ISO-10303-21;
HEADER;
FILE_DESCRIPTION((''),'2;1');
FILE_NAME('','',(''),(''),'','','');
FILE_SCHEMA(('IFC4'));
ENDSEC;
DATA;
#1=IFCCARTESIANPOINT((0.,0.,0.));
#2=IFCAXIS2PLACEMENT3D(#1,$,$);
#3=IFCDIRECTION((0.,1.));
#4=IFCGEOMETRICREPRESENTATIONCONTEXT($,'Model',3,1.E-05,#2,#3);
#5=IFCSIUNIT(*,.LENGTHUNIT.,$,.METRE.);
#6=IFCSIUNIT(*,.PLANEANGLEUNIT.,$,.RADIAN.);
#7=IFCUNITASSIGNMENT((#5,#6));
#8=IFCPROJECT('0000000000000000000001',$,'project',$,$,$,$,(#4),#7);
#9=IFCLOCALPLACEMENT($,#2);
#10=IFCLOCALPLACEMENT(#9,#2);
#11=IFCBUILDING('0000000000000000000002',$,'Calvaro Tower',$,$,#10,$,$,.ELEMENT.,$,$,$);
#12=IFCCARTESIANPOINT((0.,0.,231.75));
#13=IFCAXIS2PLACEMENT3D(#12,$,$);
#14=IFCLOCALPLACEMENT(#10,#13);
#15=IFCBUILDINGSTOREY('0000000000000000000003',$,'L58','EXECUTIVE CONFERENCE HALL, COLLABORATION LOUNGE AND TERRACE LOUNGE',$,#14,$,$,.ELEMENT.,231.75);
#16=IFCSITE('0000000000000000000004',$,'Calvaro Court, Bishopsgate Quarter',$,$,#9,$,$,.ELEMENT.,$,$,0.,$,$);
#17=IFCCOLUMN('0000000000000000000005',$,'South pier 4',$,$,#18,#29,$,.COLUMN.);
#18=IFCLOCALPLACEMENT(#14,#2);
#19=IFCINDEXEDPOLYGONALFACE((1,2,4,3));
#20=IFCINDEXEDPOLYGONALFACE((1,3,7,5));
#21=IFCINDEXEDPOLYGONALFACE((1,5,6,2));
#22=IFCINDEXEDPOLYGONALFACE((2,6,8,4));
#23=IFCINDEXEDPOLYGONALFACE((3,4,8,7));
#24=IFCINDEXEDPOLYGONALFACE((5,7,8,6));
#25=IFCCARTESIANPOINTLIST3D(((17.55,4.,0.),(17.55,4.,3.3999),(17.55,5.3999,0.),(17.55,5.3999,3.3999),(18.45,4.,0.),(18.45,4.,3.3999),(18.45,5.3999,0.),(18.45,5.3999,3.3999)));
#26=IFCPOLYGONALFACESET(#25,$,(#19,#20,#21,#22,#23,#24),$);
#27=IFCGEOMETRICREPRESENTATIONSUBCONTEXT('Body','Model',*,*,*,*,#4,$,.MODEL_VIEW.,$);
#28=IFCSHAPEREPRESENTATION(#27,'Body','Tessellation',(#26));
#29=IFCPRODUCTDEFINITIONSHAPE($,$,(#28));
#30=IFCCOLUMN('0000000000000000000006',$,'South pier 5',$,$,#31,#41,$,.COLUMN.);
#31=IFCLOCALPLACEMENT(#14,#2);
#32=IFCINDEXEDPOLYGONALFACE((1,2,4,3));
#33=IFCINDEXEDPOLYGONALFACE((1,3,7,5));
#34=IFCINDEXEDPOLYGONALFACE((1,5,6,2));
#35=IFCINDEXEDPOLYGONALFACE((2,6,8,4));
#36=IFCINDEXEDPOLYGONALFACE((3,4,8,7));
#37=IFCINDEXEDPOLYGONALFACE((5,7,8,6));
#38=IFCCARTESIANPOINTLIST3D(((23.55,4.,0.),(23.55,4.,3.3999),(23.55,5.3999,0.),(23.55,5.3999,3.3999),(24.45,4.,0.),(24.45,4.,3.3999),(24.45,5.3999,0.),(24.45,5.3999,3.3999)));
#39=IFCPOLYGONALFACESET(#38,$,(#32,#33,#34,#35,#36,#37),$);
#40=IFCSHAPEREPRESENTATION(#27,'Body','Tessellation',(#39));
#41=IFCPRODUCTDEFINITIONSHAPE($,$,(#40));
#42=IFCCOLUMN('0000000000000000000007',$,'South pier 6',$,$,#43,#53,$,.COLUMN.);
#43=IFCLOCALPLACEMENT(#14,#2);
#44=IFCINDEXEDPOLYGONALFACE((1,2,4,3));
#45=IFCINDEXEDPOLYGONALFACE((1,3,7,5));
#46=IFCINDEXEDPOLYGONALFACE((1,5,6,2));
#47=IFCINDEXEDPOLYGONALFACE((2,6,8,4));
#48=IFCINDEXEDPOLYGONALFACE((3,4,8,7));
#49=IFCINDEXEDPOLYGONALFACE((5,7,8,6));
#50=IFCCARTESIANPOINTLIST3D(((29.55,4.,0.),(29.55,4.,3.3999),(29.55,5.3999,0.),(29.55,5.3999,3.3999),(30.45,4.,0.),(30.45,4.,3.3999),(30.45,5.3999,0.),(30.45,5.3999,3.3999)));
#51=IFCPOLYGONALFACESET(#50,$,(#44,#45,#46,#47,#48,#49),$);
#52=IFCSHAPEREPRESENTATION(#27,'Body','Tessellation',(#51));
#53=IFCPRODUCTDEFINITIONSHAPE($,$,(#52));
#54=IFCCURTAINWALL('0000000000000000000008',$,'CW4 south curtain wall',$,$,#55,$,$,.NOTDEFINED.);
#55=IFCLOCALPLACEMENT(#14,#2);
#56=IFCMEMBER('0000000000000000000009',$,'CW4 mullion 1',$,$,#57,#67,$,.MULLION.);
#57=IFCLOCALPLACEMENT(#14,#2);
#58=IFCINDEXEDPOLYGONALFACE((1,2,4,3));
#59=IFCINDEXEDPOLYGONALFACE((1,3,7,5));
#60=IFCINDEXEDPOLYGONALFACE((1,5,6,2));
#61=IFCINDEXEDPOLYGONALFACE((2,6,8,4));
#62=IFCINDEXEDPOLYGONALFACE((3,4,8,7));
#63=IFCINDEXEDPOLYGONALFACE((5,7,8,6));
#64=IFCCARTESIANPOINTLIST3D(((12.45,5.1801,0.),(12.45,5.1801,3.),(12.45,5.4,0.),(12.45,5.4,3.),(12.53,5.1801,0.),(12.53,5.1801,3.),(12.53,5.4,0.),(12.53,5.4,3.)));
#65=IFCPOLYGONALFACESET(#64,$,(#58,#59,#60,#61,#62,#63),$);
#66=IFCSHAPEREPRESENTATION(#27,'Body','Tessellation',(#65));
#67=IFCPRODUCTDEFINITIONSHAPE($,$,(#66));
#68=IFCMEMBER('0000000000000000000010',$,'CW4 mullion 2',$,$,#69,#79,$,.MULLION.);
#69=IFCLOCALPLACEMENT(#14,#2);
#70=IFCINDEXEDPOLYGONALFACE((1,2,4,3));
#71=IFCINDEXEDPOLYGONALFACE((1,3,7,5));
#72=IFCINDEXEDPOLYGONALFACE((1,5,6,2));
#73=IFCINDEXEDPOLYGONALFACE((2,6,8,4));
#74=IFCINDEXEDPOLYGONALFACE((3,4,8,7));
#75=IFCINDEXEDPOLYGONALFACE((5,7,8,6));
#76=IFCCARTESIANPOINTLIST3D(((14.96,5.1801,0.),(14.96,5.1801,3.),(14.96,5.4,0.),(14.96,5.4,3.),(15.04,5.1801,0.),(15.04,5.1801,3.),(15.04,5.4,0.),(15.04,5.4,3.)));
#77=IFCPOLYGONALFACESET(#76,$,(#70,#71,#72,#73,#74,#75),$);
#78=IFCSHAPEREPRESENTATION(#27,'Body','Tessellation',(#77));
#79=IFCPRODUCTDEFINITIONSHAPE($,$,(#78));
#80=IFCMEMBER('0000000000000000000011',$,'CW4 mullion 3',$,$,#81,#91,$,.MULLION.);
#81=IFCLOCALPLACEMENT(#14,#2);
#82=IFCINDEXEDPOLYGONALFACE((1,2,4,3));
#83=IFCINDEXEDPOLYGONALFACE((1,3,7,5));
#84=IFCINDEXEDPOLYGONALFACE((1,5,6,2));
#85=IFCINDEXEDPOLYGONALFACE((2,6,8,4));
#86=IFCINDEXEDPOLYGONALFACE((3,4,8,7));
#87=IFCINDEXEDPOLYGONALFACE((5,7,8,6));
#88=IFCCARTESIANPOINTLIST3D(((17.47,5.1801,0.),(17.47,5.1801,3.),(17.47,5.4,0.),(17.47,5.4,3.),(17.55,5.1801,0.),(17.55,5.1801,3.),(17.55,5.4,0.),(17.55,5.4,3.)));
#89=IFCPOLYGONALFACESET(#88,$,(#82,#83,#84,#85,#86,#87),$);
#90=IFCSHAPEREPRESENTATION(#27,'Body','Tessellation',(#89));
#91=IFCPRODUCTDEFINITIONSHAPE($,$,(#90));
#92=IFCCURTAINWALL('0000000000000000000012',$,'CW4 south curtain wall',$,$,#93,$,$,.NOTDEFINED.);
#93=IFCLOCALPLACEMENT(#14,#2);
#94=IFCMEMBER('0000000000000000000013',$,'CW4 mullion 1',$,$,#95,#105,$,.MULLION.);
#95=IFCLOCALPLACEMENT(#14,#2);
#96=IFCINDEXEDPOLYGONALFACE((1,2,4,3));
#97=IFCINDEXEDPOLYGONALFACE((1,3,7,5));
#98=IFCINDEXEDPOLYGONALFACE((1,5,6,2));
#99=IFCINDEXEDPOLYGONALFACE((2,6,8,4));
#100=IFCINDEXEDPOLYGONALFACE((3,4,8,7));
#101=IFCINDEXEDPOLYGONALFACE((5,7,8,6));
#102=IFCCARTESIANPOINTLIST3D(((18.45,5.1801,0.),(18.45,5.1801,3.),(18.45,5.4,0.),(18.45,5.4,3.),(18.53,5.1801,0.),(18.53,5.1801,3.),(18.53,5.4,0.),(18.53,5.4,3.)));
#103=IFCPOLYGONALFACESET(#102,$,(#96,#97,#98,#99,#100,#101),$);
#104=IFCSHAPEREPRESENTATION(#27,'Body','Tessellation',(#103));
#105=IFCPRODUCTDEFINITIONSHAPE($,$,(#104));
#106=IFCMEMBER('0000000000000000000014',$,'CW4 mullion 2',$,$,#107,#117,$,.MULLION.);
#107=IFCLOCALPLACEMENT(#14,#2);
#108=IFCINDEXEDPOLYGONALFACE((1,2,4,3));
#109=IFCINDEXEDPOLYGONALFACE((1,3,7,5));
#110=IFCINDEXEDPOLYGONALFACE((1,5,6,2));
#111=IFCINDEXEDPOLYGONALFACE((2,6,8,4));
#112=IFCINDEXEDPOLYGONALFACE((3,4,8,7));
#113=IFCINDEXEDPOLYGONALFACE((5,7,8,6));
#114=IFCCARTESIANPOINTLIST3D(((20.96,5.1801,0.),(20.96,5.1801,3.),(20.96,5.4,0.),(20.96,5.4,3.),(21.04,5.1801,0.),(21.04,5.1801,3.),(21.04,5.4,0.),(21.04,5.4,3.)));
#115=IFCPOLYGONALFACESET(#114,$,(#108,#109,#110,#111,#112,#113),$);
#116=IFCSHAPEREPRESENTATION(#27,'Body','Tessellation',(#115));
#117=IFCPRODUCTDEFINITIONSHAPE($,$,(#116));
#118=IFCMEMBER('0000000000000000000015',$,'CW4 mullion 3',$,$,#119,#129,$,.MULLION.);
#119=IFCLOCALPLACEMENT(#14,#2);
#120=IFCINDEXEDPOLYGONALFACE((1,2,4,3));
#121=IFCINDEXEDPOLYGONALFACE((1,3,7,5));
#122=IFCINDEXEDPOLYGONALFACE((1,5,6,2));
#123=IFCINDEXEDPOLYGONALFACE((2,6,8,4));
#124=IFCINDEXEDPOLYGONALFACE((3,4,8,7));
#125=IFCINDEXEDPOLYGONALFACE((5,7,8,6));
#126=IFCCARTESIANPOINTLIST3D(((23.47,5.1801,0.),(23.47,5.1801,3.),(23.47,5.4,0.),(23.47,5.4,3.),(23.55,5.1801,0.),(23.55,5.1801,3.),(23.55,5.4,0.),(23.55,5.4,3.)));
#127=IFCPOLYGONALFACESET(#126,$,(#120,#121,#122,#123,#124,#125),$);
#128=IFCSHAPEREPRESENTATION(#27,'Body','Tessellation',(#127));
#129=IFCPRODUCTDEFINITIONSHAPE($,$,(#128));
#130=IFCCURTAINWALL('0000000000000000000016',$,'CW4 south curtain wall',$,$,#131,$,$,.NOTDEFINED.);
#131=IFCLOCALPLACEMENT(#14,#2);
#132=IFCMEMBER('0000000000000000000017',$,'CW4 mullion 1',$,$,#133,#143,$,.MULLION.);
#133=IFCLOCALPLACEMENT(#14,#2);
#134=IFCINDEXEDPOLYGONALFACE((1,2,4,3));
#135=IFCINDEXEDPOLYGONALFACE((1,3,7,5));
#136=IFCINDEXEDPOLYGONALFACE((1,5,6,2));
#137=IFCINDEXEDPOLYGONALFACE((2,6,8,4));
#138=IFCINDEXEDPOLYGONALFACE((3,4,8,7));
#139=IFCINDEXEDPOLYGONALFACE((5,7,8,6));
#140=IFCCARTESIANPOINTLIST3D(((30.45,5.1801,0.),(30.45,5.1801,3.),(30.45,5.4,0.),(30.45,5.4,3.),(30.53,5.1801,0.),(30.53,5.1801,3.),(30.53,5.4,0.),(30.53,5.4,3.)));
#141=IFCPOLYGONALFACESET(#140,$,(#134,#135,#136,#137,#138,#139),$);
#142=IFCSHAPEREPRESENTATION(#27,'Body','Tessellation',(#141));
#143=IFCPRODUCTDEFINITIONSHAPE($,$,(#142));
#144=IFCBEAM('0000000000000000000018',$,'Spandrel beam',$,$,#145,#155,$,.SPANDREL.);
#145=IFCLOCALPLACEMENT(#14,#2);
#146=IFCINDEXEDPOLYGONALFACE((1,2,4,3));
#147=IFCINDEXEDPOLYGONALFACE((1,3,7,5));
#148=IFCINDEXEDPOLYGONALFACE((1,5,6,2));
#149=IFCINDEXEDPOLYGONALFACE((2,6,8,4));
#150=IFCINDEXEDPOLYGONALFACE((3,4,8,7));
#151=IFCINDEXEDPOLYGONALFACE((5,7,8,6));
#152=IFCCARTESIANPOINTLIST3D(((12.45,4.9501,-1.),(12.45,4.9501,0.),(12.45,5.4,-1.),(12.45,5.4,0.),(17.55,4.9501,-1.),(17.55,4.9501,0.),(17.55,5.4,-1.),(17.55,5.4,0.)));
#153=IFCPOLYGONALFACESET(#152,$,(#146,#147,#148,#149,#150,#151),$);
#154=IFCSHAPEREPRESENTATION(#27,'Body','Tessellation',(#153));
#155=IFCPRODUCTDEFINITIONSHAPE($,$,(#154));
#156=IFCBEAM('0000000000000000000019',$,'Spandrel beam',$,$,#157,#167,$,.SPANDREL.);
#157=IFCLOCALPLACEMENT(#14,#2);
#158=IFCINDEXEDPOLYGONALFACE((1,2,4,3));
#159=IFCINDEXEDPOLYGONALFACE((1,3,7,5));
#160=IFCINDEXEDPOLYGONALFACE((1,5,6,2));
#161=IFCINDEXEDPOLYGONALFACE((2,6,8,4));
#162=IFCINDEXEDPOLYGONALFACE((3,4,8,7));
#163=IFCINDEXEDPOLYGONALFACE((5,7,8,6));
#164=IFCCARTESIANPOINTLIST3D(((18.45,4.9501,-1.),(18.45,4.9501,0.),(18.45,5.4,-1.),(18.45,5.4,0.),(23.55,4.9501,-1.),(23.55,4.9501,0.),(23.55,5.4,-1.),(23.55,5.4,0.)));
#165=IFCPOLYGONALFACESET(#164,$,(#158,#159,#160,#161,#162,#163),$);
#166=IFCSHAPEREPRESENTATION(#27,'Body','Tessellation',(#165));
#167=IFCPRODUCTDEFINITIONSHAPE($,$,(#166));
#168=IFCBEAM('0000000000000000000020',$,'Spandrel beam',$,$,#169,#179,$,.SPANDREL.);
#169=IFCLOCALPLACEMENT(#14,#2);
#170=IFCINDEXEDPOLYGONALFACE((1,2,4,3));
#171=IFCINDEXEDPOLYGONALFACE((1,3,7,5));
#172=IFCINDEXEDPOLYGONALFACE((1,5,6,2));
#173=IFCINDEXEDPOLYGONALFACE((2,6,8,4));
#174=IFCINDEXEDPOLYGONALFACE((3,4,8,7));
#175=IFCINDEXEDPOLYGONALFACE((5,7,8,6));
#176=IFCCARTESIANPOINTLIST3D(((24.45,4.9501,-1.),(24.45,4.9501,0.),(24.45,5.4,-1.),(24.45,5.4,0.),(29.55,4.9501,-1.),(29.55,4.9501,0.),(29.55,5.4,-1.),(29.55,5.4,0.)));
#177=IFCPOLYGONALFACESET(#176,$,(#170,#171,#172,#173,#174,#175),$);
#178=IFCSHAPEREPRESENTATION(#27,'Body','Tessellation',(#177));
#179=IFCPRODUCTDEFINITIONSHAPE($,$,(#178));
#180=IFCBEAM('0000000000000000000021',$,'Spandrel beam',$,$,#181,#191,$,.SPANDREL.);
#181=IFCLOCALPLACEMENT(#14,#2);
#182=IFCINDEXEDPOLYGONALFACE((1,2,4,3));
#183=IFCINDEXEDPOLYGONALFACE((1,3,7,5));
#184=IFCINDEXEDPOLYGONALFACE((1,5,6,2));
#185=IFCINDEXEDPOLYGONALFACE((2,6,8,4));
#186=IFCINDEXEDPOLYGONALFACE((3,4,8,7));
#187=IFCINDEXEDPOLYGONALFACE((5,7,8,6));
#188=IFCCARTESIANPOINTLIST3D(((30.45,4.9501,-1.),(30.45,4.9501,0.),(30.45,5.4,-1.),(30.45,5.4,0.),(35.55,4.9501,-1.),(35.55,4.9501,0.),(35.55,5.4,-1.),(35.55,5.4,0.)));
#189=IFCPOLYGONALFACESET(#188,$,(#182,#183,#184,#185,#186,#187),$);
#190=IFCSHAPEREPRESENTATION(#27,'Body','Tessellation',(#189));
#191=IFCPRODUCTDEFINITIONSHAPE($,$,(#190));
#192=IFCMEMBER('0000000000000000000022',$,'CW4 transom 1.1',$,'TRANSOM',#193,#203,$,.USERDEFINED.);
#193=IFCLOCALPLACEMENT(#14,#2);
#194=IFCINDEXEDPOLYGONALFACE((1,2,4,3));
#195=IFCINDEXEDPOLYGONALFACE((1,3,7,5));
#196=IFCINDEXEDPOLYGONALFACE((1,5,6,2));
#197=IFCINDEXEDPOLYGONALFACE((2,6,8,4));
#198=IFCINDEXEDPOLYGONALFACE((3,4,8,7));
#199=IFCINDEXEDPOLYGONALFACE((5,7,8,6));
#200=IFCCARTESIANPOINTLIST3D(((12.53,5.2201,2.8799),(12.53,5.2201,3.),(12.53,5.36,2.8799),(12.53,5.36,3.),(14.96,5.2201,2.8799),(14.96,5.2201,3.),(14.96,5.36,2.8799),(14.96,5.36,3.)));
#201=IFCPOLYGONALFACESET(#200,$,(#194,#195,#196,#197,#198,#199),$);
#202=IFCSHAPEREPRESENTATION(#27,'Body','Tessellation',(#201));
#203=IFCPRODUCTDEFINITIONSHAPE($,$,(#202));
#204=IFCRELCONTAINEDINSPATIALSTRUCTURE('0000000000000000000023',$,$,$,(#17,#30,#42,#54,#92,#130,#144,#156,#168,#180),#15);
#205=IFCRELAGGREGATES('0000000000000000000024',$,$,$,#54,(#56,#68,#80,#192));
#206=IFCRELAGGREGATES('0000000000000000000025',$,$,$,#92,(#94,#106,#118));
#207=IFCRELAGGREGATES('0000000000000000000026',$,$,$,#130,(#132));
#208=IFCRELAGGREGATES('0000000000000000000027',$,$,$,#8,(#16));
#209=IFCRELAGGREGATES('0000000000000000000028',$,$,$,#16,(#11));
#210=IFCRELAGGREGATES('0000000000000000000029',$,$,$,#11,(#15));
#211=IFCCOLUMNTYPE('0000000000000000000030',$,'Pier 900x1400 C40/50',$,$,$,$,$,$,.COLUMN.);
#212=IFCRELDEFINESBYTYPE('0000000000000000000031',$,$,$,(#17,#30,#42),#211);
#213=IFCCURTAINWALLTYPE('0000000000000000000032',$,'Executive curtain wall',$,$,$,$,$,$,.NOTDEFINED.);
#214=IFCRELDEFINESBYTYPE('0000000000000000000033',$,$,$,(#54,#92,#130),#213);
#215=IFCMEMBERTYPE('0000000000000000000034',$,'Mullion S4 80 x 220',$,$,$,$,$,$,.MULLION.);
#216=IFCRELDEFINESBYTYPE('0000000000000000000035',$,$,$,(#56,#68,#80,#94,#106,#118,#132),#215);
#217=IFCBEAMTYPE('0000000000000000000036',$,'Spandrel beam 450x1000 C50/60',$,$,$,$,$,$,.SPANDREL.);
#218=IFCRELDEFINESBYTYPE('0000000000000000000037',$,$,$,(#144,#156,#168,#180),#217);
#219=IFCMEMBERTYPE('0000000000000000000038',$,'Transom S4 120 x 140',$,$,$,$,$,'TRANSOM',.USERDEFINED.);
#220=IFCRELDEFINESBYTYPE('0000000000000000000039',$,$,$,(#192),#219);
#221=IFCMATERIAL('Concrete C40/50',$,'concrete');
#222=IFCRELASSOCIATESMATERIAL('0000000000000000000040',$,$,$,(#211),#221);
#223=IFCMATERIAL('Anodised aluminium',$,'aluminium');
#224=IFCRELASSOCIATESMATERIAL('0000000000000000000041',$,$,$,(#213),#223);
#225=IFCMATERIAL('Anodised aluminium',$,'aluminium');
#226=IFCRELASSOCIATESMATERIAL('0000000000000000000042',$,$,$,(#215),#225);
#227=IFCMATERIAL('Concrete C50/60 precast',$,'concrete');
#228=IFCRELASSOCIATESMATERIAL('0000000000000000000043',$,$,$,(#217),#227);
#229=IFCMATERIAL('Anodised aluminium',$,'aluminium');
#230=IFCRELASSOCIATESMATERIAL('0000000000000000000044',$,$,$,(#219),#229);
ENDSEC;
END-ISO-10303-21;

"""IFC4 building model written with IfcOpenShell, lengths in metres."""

from ifc_helpers import new_model, si_unit, direction, frame, origin, origin_2d, place, context, subcontext, project, spatial, rectangle, extrude, material, material_profile, profile_set, type_object, element, aggregate, save


model = new_model("IFC4")

# Units and contexts
model_context = context("Model", 3, precision=1e-05, world=origin(), true_north=direction((0.0, 1.0)))
body_context = subcontext(model_context, "Body", "Model", "MODEL_VIEW")
ifc_project = project(units=[si_unit("LENGTHUNIT", "METRE"), si_unit("PLANEANGLEUNIT", "RADIAN")], contexts=[model_context])

# Site, building, storey
site_placement = place(None, origin())
site = spatial("IfcSite", under=ifc_project, at=site_placement, Name="Calvaro Court, Bishopsgate Quarter", CompositionType="ELEMENT", RefElevation=0.0)
building_placement = place(site_placement, origin())
building = spatial("IfcBuilding", under=site, at=building_placement, Name="Calvaro Tower", CompositionType="ELEMENT")
storey_placement = place(building_placement, frame((0.0, 0.0, 231.75)))
storey = spatial("IfcBuildingStorey", under=building, at=storey_placement, Name="L58", Description="EXECUTIVE CONFERENCE HALL, COLLABORATION LOUNGE AND TERRACE LOUNGE", CompositionType="ELEMENT", Elevation=231.75)

# Columns
ifc_material_1 = material(Name="Concrete C40/50", Category="concrete")
ifc_material_profile_1 = material_profile(ifc_material_1, rectangle(XDim=0.8999, YDim=1.3999, at=origin_2d()), Name="RC 900x1400")
ifc_profile_set_1 = profile_set([ifc_material_profile_1], Name="Concrete C40/50")
column_type = type_object("IfcColumnType", Name="Pier 900x1400 C40/50", PredefinedType="COLUMN", material=ifc_profile_set_1)
for number, where, z_axis, x_axis, name in (
    (1, (18.0, 4.7, 0.0), (0.0, 0.0, 1.0), (1.0, 0.0, 0.0), "South pier 4"),
    (2, (24.0, 4.7, 0.0), (0.0, 0.0, 1.0), (1.0, 0.0, 0.0), "South pier 5"),
    (3, (30.0, 4.7, 0.0), (0.0, 0.0, 1.0), (1.0, 0.0, 0.0), "South pier 6"),
):
    element("IfcColumn", number, at=place(storey_placement, frame(where, z_axis=z_axis, x_axis=x_axis)), inside=storey, type_object=column_type, Name=name, PredefinedType="COLUMN", context=body_context, shape_type="SweptSolid", body=[
        extrude(rectangle(XDim=0.8999, YDim=1.3999, at=origin_2d()), origin(), (0.0, 0.0, 1.0), 3.3999),
    ])

# Curtain walls, members
ifc_material_2 = material(Name="Anodised aluminium", Category="aluminium")
curtain_wall_type = type_object("IfcCurtainWallType", Name="Executive curtain wall", PredefinedType="NOTDEFINED", material=ifc_material_2)
curtain_wall_1_placement = place(storey_placement, origin())
curtain_wall_1 = element("IfcCurtainWall", 4, at=curtain_wall_1_placement, inside=storey, type_object=curtain_wall_type, Name="CW4 south curtain wall", PredefinedType="NOTDEFINED")
ifc_material_3 = material(Name="Anodised aluminium", Category="aluminium")
ifc_material_profile_2 = material_profile(ifc_material_3, rectangle(XDim=0.22, YDim=0.0801, at=origin_2d()), Name="Mullion S4 80 x 220")
ifc_profile_set_2 = profile_set([ifc_material_profile_2], Name="Anodised aluminium")
member_type_1 = type_object("IfcMemberType", Name="Mullion S4 80 x 220", PredefinedType="MULLION", material=ifc_profile_set_2)
member_1_placement = place(storey_placement, frame((12.49, 5.29, 0.0), z_axis=(0.0, 0.0, 1.0), x_axis=(0.0, 1.0, 0.0)))
member_1 = element("IfcMember", 5, at=member_1_placement, type_object=member_type_1, Name="CW4 mullion 1", PredefinedType="MULLION", context=body_context, shape_type="SweptSolid", body=[
    extrude(rectangle(XDim=0.22, YDim=0.0801, at=origin_2d()), origin(), (0.0, 0.0, 1.0), 3.0),
])
member_2_placement = place(storey_placement, frame((15.0, 5.29, 0.0), z_axis=(0.0, 0.0, 1.0), x_axis=(0.0, 1.0, 0.0)))
member_2 = element("IfcMember", 6, at=member_2_placement, type_object=member_type_1, Name="CW4 mullion 2", PredefinedType="MULLION", context=body_context, shape_type="SweptSolid", body=[
    extrude(rectangle(XDim=0.22, YDim=0.0801, at=origin_2d()), origin(), (0.0, 0.0, 1.0), 3.0),
])
member_3_placement = place(storey_placement, frame((17.51, 5.29, 0.0), z_axis=(0.0, 0.0, 1.0), x_axis=(0.0, 1.0, 0.0)))
member_3 = element("IfcMember", 7, at=member_3_placement, type_object=member_type_1, Name="CW4 mullion 3", PredefinedType="MULLION", context=body_context, shape_type="SweptSolid", body=[
    extrude(rectangle(XDim=0.22, YDim=0.0801, at=origin_2d()), origin(), (0.0, 0.0, 1.0), 3.0),
])
curtain_wall_2_placement = place(storey_placement, origin())
curtain_wall_2 = element("IfcCurtainWall", 8, at=curtain_wall_2_placement, inside=storey, type_object=curtain_wall_type, Name="CW4 south curtain wall", PredefinedType="NOTDEFINED")
member_4_placement = place(storey_placement, frame((18.49, 5.29, 0.0), z_axis=(0.0, 0.0, 1.0), x_axis=(0.0, 1.0, 0.0)))
member_4 = element("IfcMember", 9, at=member_4_placement, type_object=member_type_1, Name="CW4 mullion 1", PredefinedType="MULLION", context=body_context, shape_type="SweptSolid", body=[
    extrude(rectangle(XDim=0.22, YDim=0.0801, at=origin_2d()), origin(), (0.0, 0.0, 1.0), 3.0),
])
member_5_placement = place(storey_placement, frame((21.0, 5.29, 0.0), z_axis=(0.0, 0.0, 1.0), x_axis=(0.0, 1.0, 0.0)))
member_5 = element("IfcMember", 10, at=member_5_placement, type_object=member_type_1, Name="CW4 mullion 2", PredefinedType="MULLION", context=body_context, shape_type="SweptSolid", body=[
    extrude(rectangle(XDim=0.22, YDim=0.0801, at=origin_2d()), origin(), (0.0, 0.0, 1.0), 3.0),
])
member_6_placement = place(storey_placement, frame((23.51, 5.29, 0.0), z_axis=(0.0, 0.0, 1.0), x_axis=(0.0, 1.0, 0.0)))
member_6 = element("IfcMember", 11, at=member_6_placement, type_object=member_type_1, Name="CW4 mullion 3", PredefinedType="MULLION", context=body_context, shape_type="SweptSolid", body=[
    extrude(rectangle(XDim=0.22, YDim=0.0801, at=origin_2d()), origin(), (0.0, 0.0, 1.0), 3.0),
])

# Curtain wall, member
curtain_wall_3_placement = place(storey_placement, origin())
curtain_wall_3 = element("IfcCurtainWall", 12, at=curtain_wall_3_placement, inside=storey, type_object=curtain_wall_type, Name="CW4 south curtain wall", PredefinedType="NOTDEFINED")
member_7_placement = place(storey_placement, frame((30.49, 5.29, 0.0), z_axis=(0.0, 0.0, 1.0), x_axis=(0.0, 1.0, 0.0)))
member_7 = element("IfcMember", 13, at=member_7_placement, type_object=member_type_1, Name="CW4 mullion 1", PredefinedType="MULLION", context=body_context, shape_type="SweptSolid", body=[
    extrude(rectangle(XDim=0.22, YDim=0.0801, at=origin_2d()), origin(), (0.0, 0.0, 1.0), 3.0),
])

# Beams
ifc_material_4 = material(Name="Concrete C50/60 precast", Category="concrete")
ifc_material_profile_3 = material_profile(ifc_material_4, rectangle(XDim=0.45, YDim=1.0, at=origin_2d()), Name="RC 450x1000")
ifc_profile_set_3 = profile_set([ifc_material_profile_3], Name="Concrete C50/60 precast")
beam_type = type_object("IfcBeamType", Name="Spandrel beam 450x1000 C50/60", PredefinedType="SPANDREL", material=ifc_profile_set_3)
for number, where, z_axis, x_axis, name in (
    (14, (12.45, 5.175, -0.5), (1.0, 0.0, 0.0), (0.0, 1.0, 0.0), "Spandrel beam"),
    (15, (18.45, 5.175, -0.5), (1.0, 0.0, 0.0), (0.0, 1.0, 0.0), "Spandrel beam"),
    (16, (24.45, 5.175, -0.5), (1.0, 0.0, 0.0), (0.0, 1.0, 0.0), "Spandrel beam"),
    (17, (30.45, 5.175, -0.5), (1.0, 0.0, 0.0), (0.0, 1.0, 0.0), "Spandrel beam"),
):
    element("IfcBeam", number, at=place(storey_placement, frame(where, z_axis=z_axis, x_axis=x_axis)), inside=storey, type_object=beam_type, Name=name, PredefinedType="SPANDREL", context=body_context, shape_type="SweptSolid", body=[
        extrude(rectangle(XDim=0.45, YDim=1.0, at=origin_2d()), origin(), (0.0, 0.0, 1.0), 5.1001),
    ])

# Member
ifc_material_5 = material(Name="Anodised aluminium", Category="aluminium")
ifc_material_profile_4 = material_profile(ifc_material_5, rectangle(XDim=0.1399, YDim=0.1201, at=origin_2d()), Name="Transom S4 120 x 140")
ifc_profile_set_4 = profile_set([ifc_material_profile_4], Name="Anodised aluminium")
member_type_2 = type_object("IfcMemberType", Name="Transom S4 120 x 140", ElementType="TRANSOM", PredefinedType="USERDEFINED", material=ifc_profile_set_4)
member_8_placement = place(storey_placement, frame((12.53, 5.29, 2.9399), z_axis=(1.0, 0.0, 0.0), x_axis=(0.0, 1.0, 0.0)))
member_8 = element("IfcMember", 18, at=member_8_placement, type_object=member_type_2, Name="CW4 transom 1.1", ObjectType="TRANSOM", PredefinedType="USERDEFINED", context=body_context, shape_type="SweptSolid", body=[
    extrude(rectangle(XDim=0.1399, YDim=0.1201, at=origin_2d()), origin(), (0.0, 0.0, 1.0), 2.4299),
])

aggregate(curtain_wall_1, [member_1, member_2, member_3, member_8])
aggregate(curtain_wall_2, [member_4, member_5, member_6])
aggregate(curtain_wall_3, [member_7])

save(model, "model.ifc")
